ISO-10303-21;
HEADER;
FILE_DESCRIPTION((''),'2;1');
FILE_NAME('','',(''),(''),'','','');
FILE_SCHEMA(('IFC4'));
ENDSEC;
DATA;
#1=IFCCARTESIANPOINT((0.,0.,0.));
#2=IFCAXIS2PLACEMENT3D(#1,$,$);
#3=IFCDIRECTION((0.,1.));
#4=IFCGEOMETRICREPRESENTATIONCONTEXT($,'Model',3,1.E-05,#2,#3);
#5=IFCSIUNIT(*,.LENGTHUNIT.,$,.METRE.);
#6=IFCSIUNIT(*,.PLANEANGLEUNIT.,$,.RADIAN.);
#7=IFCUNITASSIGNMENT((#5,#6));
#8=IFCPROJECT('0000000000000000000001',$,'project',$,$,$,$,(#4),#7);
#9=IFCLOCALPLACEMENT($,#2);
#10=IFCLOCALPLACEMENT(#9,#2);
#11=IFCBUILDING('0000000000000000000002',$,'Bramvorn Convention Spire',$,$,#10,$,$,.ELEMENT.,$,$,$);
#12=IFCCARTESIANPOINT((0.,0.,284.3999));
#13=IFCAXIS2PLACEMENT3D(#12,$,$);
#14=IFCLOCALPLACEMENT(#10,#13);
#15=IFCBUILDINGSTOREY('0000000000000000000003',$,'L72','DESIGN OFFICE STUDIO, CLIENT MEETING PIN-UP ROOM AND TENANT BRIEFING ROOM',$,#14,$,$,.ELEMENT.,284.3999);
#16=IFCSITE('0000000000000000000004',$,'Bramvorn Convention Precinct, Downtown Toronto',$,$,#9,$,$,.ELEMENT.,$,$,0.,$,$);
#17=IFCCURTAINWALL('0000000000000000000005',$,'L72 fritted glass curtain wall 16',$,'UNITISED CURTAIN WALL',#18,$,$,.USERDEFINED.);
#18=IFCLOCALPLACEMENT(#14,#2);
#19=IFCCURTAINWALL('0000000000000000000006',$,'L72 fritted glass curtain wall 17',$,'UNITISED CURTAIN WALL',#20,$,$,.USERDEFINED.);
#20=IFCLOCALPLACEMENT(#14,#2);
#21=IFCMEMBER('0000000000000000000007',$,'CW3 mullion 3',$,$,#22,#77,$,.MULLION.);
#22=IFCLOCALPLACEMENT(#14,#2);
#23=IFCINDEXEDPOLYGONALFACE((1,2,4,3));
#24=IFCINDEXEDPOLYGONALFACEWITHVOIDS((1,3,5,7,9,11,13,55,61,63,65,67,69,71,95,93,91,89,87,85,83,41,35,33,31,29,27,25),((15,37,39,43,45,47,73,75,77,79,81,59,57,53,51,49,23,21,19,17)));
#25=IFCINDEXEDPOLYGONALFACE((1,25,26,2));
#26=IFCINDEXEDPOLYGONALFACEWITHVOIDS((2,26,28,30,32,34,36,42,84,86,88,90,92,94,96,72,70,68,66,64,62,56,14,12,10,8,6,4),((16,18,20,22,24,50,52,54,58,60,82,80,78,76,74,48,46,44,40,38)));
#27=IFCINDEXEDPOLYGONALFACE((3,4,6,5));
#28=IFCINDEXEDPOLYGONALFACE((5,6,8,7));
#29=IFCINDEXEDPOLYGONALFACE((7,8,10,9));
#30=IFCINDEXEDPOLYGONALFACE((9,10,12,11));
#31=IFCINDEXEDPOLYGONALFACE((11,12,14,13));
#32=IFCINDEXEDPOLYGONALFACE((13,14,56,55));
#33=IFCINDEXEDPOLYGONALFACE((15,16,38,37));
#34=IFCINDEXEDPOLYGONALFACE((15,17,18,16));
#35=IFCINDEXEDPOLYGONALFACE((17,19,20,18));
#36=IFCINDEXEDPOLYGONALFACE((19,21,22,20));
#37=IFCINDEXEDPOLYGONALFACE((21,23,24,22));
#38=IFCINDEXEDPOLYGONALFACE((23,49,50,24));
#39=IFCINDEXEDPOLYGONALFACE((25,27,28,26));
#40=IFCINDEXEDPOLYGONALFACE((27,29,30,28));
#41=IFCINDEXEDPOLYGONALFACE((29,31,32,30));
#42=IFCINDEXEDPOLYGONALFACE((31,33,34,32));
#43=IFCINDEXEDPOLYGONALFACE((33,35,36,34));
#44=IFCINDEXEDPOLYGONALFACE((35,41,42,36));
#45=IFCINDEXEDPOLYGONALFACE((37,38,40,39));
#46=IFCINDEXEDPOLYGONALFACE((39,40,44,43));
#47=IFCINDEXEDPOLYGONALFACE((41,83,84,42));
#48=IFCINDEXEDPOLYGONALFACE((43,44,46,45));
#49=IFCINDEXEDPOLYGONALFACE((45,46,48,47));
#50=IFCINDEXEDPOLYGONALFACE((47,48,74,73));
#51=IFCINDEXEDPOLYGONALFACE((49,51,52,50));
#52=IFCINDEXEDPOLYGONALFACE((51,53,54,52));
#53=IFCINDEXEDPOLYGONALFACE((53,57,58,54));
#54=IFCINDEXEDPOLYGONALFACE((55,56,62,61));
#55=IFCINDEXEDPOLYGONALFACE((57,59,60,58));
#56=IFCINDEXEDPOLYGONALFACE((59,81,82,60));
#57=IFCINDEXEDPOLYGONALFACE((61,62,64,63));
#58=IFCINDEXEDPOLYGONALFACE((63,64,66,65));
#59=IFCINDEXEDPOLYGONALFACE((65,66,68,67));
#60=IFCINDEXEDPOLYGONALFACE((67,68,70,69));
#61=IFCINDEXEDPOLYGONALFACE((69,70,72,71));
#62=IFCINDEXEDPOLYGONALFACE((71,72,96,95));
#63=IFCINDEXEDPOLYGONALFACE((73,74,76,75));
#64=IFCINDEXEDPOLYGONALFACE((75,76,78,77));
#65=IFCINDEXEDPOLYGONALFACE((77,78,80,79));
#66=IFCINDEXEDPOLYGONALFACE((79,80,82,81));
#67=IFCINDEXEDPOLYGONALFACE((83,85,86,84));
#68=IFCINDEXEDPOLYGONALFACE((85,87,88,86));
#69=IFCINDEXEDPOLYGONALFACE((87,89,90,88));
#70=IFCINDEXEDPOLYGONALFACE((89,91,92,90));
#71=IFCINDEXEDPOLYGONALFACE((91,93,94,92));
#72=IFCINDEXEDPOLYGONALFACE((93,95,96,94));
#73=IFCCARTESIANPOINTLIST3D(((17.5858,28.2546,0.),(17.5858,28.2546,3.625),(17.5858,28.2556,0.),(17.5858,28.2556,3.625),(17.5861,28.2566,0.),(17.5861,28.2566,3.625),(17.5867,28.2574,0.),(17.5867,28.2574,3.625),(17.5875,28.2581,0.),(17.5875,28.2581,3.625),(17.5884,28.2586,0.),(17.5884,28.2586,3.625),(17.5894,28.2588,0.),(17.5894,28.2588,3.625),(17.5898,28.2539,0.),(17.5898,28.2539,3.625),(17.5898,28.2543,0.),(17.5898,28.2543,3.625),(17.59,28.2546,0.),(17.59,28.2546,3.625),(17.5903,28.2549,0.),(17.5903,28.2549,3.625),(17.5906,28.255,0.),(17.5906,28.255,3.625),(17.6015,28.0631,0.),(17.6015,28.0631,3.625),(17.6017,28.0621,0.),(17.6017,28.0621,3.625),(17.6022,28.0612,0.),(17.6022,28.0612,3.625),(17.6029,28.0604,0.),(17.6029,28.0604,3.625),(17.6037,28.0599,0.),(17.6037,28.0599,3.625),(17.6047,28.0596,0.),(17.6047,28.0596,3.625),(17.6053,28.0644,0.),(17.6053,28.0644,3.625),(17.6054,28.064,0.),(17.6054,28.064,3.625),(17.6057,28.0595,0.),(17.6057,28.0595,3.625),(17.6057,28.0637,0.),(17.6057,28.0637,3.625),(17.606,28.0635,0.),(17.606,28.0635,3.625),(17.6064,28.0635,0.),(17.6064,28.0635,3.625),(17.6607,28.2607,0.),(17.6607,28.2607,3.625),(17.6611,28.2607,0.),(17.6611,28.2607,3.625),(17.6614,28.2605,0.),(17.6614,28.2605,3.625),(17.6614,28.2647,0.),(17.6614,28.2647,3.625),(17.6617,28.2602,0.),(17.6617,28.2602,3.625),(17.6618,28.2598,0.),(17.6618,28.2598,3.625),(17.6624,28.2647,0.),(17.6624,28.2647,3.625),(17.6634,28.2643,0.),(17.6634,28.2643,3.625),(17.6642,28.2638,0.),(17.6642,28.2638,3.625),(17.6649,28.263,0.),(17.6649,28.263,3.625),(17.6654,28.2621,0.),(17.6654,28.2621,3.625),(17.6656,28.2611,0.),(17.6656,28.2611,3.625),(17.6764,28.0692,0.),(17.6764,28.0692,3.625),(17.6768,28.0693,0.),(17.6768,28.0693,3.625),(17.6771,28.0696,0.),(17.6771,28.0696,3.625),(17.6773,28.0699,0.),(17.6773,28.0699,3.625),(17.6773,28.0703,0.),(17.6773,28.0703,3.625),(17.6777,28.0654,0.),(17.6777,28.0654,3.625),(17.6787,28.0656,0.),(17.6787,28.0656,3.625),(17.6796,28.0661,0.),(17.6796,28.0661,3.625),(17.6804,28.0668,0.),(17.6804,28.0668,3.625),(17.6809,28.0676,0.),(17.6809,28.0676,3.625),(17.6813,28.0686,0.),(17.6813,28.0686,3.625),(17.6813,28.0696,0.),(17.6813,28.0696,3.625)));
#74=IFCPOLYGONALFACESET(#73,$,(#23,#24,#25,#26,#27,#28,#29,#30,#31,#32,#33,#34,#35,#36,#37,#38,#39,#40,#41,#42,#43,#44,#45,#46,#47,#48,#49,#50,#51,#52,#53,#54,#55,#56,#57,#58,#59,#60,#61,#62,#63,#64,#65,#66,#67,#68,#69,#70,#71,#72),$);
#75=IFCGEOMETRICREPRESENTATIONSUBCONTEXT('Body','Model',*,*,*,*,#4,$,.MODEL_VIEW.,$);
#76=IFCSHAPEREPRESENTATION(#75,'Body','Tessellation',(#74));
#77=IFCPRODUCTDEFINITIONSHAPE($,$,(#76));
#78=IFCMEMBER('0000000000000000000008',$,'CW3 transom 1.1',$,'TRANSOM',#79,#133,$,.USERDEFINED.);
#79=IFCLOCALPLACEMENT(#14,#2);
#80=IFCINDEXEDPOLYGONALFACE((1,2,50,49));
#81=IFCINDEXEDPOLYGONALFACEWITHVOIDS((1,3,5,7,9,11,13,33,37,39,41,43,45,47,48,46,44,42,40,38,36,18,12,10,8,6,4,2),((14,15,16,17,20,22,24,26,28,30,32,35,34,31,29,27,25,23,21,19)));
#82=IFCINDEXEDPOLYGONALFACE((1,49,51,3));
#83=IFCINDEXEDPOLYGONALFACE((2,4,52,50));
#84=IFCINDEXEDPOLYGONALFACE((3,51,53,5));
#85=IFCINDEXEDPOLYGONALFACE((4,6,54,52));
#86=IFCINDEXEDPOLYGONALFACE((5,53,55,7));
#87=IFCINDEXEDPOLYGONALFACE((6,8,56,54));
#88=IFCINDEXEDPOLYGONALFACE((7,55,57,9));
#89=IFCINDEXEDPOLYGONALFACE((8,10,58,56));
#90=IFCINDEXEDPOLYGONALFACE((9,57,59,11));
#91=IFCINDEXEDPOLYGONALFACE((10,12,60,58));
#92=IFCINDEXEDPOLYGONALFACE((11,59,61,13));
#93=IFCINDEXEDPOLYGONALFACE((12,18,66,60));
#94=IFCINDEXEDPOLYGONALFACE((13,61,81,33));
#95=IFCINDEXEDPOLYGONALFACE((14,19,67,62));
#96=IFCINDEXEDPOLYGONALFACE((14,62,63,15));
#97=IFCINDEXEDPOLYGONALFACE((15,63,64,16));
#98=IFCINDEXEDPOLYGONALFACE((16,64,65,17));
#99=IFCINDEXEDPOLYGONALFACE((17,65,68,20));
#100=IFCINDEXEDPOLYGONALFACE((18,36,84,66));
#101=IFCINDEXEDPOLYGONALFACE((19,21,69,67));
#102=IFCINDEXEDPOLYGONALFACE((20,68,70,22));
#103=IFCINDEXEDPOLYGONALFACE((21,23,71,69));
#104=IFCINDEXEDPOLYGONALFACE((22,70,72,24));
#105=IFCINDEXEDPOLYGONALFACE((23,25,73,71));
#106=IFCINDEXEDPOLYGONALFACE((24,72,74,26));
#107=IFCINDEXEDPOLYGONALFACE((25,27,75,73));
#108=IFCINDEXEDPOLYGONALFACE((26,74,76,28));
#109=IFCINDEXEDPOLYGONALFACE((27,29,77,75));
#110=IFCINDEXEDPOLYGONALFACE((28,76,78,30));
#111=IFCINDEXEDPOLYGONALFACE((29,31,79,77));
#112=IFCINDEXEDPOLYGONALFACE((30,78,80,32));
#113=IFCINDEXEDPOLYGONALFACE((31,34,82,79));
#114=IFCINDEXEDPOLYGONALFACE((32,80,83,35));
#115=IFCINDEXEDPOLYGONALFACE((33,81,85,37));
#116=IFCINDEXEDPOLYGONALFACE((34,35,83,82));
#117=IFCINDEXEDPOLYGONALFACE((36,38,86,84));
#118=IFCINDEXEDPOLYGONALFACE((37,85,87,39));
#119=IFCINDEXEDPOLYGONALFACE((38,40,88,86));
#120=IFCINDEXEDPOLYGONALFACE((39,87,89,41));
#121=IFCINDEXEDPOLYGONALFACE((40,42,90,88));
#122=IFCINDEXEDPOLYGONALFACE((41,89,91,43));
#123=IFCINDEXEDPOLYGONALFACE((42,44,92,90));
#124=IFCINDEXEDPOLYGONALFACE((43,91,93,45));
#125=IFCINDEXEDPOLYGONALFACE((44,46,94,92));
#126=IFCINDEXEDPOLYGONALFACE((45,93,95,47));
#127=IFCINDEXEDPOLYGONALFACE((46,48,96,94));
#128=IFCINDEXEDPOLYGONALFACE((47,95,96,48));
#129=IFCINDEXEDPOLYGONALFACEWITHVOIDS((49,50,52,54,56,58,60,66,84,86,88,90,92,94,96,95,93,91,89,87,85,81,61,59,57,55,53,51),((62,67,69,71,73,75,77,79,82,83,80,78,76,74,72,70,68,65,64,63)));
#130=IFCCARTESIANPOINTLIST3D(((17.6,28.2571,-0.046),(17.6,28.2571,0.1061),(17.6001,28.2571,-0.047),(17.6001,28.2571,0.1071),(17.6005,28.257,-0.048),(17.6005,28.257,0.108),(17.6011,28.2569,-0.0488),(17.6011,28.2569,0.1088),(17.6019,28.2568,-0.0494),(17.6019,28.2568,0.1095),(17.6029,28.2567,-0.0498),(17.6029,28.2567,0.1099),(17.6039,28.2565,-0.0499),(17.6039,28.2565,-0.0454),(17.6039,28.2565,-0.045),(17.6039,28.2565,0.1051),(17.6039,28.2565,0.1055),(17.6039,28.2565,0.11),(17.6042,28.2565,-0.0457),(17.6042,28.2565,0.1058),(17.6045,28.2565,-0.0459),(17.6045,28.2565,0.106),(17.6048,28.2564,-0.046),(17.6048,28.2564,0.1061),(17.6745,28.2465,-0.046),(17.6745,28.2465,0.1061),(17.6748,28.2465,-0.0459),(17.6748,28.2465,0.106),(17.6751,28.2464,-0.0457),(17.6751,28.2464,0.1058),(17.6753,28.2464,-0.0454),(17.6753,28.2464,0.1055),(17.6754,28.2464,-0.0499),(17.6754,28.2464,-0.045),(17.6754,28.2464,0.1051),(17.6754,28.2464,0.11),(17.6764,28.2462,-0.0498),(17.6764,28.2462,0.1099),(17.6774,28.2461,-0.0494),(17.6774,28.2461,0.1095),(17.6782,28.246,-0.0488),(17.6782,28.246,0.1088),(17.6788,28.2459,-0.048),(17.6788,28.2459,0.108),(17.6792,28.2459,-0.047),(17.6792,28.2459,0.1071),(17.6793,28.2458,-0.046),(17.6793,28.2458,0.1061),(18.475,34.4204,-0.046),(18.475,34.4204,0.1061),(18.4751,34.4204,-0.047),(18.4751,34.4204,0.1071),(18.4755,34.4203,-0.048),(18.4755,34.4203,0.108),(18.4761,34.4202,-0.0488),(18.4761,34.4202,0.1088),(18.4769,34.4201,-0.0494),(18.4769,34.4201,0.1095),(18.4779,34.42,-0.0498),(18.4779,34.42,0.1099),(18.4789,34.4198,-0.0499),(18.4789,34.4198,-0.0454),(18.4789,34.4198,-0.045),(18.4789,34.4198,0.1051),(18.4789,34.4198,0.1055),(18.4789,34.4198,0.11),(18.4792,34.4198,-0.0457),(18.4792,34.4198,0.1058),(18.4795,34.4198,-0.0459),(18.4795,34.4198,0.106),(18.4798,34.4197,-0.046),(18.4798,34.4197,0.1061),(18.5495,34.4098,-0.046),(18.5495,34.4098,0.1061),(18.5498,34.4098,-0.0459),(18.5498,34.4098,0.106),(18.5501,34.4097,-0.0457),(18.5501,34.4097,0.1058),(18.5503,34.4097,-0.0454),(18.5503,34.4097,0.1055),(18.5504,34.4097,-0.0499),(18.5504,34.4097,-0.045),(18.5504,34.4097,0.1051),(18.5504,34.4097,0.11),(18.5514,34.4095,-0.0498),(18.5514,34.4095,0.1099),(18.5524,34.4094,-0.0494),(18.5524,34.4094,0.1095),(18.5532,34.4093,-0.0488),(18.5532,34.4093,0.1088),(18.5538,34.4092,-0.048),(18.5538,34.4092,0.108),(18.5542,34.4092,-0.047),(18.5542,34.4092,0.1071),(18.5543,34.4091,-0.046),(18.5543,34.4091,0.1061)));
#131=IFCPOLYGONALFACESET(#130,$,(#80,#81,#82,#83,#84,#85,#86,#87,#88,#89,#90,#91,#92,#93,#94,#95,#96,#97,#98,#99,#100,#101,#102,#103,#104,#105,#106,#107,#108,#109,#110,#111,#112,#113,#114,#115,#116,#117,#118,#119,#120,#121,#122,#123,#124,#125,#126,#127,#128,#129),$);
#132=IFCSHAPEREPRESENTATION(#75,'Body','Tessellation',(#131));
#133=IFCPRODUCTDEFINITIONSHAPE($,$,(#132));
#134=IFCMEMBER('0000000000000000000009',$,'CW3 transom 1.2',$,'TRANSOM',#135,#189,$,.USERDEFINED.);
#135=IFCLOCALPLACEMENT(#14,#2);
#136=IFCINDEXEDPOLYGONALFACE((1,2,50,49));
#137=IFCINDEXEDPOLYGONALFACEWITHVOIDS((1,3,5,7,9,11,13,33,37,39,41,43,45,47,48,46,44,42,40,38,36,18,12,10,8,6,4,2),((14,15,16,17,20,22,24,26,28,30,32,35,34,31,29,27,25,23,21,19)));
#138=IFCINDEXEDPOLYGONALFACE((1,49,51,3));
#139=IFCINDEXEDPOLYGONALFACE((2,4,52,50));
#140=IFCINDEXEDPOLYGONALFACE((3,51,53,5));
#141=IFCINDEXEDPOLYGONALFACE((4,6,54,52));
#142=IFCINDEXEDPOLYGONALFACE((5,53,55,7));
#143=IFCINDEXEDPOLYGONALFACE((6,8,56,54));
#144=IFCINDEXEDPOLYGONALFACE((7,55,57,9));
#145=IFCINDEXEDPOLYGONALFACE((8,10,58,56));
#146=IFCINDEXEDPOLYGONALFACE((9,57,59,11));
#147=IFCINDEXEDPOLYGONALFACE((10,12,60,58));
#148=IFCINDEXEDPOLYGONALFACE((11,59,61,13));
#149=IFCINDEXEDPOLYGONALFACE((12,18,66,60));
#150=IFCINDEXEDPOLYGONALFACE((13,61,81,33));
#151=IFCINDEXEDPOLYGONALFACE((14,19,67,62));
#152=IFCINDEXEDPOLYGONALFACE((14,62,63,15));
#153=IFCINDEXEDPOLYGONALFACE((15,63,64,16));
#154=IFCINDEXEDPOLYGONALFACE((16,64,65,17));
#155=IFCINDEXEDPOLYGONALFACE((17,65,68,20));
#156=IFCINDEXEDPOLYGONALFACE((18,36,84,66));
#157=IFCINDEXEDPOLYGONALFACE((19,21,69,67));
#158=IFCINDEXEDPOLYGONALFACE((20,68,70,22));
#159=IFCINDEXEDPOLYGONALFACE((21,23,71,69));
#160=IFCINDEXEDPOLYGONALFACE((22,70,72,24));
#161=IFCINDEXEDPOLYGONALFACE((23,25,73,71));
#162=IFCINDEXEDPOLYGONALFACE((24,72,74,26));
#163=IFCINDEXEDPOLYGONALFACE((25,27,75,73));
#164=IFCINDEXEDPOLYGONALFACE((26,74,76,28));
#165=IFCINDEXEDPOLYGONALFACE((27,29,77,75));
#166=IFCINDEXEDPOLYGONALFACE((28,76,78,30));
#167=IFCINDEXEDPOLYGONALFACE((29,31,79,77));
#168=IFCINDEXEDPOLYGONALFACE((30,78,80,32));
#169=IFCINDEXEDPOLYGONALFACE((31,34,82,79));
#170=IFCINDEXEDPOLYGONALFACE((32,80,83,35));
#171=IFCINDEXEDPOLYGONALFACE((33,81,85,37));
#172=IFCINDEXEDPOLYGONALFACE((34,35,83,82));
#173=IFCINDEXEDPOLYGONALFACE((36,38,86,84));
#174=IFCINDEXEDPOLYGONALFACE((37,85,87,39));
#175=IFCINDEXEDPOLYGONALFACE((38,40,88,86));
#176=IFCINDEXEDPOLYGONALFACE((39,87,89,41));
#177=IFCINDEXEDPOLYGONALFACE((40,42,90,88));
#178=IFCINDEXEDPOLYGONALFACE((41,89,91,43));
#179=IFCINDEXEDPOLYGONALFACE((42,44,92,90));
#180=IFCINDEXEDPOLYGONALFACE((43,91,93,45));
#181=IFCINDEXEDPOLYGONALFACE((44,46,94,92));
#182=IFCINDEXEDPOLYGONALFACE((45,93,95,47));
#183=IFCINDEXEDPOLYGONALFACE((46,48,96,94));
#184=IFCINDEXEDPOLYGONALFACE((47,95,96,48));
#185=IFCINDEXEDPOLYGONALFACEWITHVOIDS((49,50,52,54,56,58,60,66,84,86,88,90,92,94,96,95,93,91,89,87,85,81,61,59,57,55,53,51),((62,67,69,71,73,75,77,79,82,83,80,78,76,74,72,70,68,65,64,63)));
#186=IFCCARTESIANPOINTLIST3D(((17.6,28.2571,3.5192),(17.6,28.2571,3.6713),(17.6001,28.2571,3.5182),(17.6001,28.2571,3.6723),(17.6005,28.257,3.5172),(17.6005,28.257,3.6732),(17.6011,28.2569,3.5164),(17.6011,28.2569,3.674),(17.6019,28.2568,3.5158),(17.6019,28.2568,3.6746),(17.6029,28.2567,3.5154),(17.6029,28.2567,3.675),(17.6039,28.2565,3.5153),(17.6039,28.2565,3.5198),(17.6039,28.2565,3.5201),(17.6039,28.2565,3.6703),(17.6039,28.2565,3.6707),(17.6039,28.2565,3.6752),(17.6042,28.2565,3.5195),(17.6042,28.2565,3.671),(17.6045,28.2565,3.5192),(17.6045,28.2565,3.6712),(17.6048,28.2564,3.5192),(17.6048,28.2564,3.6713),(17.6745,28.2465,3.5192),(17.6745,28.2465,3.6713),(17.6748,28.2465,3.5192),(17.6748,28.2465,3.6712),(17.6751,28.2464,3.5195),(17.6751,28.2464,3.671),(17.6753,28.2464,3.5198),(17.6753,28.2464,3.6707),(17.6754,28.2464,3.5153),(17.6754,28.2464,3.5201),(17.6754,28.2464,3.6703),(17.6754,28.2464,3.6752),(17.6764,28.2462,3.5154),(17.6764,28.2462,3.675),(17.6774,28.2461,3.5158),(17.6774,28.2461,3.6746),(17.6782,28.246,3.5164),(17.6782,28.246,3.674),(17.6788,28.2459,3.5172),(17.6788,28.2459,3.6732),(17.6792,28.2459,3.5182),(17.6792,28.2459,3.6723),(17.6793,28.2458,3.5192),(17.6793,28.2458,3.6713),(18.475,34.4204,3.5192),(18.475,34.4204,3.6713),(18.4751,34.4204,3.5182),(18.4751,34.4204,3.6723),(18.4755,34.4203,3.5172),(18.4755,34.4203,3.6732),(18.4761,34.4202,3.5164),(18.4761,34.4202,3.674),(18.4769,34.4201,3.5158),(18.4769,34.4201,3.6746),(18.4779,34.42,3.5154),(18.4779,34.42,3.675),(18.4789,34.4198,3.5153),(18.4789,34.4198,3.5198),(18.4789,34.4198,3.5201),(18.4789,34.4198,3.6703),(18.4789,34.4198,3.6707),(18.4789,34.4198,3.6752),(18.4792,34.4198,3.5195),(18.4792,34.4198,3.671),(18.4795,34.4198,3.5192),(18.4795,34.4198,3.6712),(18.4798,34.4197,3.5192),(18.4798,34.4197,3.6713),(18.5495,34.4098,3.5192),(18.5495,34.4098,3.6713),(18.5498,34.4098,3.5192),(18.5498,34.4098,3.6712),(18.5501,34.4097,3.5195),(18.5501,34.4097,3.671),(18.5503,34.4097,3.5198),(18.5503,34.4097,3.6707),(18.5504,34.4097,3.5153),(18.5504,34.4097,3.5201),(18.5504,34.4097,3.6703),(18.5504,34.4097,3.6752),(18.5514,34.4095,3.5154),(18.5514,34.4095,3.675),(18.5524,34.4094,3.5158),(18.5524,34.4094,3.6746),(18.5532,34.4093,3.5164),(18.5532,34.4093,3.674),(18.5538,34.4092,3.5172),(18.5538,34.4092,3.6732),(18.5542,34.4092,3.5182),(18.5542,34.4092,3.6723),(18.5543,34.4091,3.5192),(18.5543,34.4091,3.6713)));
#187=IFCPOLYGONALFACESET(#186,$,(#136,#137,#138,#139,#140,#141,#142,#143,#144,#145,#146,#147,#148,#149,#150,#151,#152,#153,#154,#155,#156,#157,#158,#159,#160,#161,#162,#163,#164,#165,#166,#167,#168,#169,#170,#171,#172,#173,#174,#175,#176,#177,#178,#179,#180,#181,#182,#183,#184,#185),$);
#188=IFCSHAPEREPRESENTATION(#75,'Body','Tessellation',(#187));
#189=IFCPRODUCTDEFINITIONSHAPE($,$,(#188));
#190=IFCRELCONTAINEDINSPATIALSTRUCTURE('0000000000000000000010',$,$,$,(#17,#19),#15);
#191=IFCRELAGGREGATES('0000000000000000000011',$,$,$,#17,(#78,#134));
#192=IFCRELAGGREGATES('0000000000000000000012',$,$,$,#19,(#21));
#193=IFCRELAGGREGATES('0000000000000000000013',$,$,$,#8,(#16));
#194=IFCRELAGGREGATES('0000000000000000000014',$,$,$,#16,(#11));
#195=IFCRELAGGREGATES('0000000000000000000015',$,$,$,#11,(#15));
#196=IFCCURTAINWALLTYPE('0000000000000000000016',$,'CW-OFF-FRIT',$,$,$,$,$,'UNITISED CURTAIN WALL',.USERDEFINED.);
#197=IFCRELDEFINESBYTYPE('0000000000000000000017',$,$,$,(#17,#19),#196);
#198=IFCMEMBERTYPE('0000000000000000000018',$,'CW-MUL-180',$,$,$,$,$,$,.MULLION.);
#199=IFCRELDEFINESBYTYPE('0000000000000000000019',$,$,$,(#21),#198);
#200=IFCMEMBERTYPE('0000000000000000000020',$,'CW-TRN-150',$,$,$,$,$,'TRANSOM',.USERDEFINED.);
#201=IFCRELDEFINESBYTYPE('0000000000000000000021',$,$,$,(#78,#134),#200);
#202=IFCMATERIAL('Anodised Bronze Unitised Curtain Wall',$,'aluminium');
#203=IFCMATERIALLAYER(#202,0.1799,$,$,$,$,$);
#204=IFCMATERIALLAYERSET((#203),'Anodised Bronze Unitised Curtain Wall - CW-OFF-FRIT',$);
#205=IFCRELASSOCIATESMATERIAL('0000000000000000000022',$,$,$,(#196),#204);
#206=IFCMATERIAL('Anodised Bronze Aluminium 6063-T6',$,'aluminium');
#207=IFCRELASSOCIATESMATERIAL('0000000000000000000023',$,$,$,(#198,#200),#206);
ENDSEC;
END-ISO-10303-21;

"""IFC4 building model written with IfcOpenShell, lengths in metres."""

from ifc_helpers import new_model, si_unit, direction, frame, origin, origin_2d, place, context, subcontext, project, spatial, hollow_rectangle, extrude, material, layer, layer_set, material_profile, profile_set, type_object, element, aggregate, save


model = new_model("IFC4")

# Units and contexts
model_context = context("Model", 3, precision=1e-05, world=origin(), true_north=direction((0.0, 1.0)))
body_context = subcontext(model_context, "Body", "Model", "MODEL_VIEW")
ifc_project = project(units=[si_unit("LENGTHUNIT", "METRE"), si_unit("PLANEANGLEUNIT", "RADIAN")], contexts=[model_context])

# Site, building, storey
site_placement = place(None, origin())
site = spatial("IfcSite", under=ifc_project, at=site_placement, Name="Bramvorn Convention Precinct, Downtown Toronto", CompositionType="ELEMENT", RefElevation=0.0)
building_placement = place(site_placement, origin())
building = spatial("IfcBuilding", under=site, at=building_placement, Name="Bramvorn Convention Spire", CompositionType="ELEMENT")
storey_placement = place(building_placement, frame((0.0, 0.0, 284.3999)))
storey = spatial("IfcBuildingStorey", under=building, at=storey_placement, Name="L72", Description="DESIGN OFFICE STUDIO, CLIENT MEETING PIN-UP ROOM AND TENANT BRIEFING ROOM", CompositionType="ELEMENT", Elevation=284.3999)

# Curtain walls, member
ifc_material_1 = material(Name="Anodised Bronze Unitised Curtain Wall", Category="aluminium")
ifc_layer_1 = layer(ifc_material_1, 0.1799)
ifc_layer_set_1 = layer_set([ifc_layer_1], Name="Anodised Bronze Unitised Curtain Wall - CW-OFF-FRIT")
curtain_wall_type = type_object("IfcCurtainWallType", Name="CW-OFF-FRIT", ElementType="UNITISED CURTAIN WALL", PredefinedType="USERDEFINED", material=ifc_layer_set_1)
curtain_wall_1_placement = place(storey_placement, origin())
curtain_wall_1 = element("IfcCurtainWall", 1, at=curtain_wall_1_placement, inside=storey, type_object=curtain_wall_type, Name="L72 fritted glass curtain wall 16", ObjectType="UNITISED CURTAIN WALL", PredefinedType="USERDEFINED")
ifc_material_2 = material(Name="Anodised Bronze Aluminium 6063-T6", Category="aluminium")
ifc_material_profile_1 = material_profile(ifc_material_2, hollow_rectangle(XDim=0.0801, YDim=0.2, WallThickness=0.0039, InnerFilletRadius=0.001, OuterFilletRadius=0.0039, at=origin_2d()))
ifc_profile_set_1 = profile_set([ifc_material_profile_1], Name="Anodised Bronze Aluminium 6063-T6 - CWM80X200")
member_type_1 = type_object("IfcMemberType", Name="CW-MUL-180", PredefinedType="MULLION", material=ifc_profile_set_1)
curtain_wall_2_placement = place(storey_placement, origin())
curtain_wall_2 = element("IfcCurtainWall", 2, at=curtain_wall_2_placement, inside=storey, type_object=curtain_wall_type, Name="L72 fritted glass curtain wall 17", ObjectType="UNITISED CURTAIN WALL", PredefinedType="USERDEFINED")
member_1_placement = place(storey_placement, frame((17.6335, 28.1621, 0.0), z_axis=(0.0, 0.0, 1.0), x_axis=(-0.996648, -0.081809, 0.0)))
member_1 = element("IfcMember", 3, at=member_1_placement, type_object=member_type_1, Name="CW3 mullion 3", PredefinedType="MULLION", context=body_context, shape_type="SweptSolid", body=[
    extrude(hollow_rectangle(XDim=0.0801, YDim=0.2, WallThickness=0.0039, InnerFilletRadius=0.001, OuterFilletRadius=0.0039, at=origin_2d()), origin(), (0.0, 0.0, 1.0), 3.625),
])

# Members
ifc_material_profile_2 = material_profile(ifc_material_2, hollow_rectangle(XDim=0.0801, YDim=0.1599, WallThickness=0.0039, InnerFilletRadius=0.001, OuterFilletRadius=0.0039, at=origin_2d()))
ifc_profile_set_2 = profile_set([ifc_material_profile_2], Name="Anodised Bronze Aluminium 6063-T6 - CWT80X160")
member_type_2 = type_object("IfcMemberType", Name="CW-TRN-150", ElementType="TRANSOM", PredefinedType="USERDEFINED", material=ifc_profile_set_2)
member_2_placement = place(storey_placement, frame((17.6396, 28.2515, 0.03), z_axis=(0.140559, 0.990072, 0.0), x_axis=(-0.990072, 0.140559, 0.0)))
member_2 = element("IfcMember", 4, at=member_2_placement, type_object=member_type_2, Name="CW3 transom 1.1", ObjectType="TRANSOM", PredefinedType="USERDEFINED", context=body_context, shape_type="SweptSolid", body=[
    extrude(hollow_rectangle(XDim=0.0801, YDim=0.1599, WallThickness=0.0039, InnerFilletRadius=0.001, OuterFilletRadius=0.0039, at=origin_2d()), origin(), (0.0, 0.0, 1.0), 6.2251),
])
member_3_placement = place(storey_placement, frame((17.6396, 28.2515, 3.5952), z_axis=(0.140559, 0.990072, 0.0), x_axis=(-0.990072, 0.140559, 0.0)))
member_3 = element("IfcMember", 5, at=member_3_placement, type_object=member_type_2, Name="CW3 transom 1.2", ObjectType="TRANSOM", PredefinedType="USERDEFINED", context=body_context, shape_type="SweptSolid", body=[
    extrude(hollow_rectangle(XDim=0.0801, YDim=0.1599, WallThickness=0.0039, InnerFilletRadius=0.001, OuterFilletRadius=0.0039, at=origin_2d()), origin(), (0.0, 0.0, 1.0), 6.2251),
])
aggregate(curtain_wall_1, [member_2, member_3])

aggregate(curtain_wall_2, [member_1])

save(model, "model.ifc")
